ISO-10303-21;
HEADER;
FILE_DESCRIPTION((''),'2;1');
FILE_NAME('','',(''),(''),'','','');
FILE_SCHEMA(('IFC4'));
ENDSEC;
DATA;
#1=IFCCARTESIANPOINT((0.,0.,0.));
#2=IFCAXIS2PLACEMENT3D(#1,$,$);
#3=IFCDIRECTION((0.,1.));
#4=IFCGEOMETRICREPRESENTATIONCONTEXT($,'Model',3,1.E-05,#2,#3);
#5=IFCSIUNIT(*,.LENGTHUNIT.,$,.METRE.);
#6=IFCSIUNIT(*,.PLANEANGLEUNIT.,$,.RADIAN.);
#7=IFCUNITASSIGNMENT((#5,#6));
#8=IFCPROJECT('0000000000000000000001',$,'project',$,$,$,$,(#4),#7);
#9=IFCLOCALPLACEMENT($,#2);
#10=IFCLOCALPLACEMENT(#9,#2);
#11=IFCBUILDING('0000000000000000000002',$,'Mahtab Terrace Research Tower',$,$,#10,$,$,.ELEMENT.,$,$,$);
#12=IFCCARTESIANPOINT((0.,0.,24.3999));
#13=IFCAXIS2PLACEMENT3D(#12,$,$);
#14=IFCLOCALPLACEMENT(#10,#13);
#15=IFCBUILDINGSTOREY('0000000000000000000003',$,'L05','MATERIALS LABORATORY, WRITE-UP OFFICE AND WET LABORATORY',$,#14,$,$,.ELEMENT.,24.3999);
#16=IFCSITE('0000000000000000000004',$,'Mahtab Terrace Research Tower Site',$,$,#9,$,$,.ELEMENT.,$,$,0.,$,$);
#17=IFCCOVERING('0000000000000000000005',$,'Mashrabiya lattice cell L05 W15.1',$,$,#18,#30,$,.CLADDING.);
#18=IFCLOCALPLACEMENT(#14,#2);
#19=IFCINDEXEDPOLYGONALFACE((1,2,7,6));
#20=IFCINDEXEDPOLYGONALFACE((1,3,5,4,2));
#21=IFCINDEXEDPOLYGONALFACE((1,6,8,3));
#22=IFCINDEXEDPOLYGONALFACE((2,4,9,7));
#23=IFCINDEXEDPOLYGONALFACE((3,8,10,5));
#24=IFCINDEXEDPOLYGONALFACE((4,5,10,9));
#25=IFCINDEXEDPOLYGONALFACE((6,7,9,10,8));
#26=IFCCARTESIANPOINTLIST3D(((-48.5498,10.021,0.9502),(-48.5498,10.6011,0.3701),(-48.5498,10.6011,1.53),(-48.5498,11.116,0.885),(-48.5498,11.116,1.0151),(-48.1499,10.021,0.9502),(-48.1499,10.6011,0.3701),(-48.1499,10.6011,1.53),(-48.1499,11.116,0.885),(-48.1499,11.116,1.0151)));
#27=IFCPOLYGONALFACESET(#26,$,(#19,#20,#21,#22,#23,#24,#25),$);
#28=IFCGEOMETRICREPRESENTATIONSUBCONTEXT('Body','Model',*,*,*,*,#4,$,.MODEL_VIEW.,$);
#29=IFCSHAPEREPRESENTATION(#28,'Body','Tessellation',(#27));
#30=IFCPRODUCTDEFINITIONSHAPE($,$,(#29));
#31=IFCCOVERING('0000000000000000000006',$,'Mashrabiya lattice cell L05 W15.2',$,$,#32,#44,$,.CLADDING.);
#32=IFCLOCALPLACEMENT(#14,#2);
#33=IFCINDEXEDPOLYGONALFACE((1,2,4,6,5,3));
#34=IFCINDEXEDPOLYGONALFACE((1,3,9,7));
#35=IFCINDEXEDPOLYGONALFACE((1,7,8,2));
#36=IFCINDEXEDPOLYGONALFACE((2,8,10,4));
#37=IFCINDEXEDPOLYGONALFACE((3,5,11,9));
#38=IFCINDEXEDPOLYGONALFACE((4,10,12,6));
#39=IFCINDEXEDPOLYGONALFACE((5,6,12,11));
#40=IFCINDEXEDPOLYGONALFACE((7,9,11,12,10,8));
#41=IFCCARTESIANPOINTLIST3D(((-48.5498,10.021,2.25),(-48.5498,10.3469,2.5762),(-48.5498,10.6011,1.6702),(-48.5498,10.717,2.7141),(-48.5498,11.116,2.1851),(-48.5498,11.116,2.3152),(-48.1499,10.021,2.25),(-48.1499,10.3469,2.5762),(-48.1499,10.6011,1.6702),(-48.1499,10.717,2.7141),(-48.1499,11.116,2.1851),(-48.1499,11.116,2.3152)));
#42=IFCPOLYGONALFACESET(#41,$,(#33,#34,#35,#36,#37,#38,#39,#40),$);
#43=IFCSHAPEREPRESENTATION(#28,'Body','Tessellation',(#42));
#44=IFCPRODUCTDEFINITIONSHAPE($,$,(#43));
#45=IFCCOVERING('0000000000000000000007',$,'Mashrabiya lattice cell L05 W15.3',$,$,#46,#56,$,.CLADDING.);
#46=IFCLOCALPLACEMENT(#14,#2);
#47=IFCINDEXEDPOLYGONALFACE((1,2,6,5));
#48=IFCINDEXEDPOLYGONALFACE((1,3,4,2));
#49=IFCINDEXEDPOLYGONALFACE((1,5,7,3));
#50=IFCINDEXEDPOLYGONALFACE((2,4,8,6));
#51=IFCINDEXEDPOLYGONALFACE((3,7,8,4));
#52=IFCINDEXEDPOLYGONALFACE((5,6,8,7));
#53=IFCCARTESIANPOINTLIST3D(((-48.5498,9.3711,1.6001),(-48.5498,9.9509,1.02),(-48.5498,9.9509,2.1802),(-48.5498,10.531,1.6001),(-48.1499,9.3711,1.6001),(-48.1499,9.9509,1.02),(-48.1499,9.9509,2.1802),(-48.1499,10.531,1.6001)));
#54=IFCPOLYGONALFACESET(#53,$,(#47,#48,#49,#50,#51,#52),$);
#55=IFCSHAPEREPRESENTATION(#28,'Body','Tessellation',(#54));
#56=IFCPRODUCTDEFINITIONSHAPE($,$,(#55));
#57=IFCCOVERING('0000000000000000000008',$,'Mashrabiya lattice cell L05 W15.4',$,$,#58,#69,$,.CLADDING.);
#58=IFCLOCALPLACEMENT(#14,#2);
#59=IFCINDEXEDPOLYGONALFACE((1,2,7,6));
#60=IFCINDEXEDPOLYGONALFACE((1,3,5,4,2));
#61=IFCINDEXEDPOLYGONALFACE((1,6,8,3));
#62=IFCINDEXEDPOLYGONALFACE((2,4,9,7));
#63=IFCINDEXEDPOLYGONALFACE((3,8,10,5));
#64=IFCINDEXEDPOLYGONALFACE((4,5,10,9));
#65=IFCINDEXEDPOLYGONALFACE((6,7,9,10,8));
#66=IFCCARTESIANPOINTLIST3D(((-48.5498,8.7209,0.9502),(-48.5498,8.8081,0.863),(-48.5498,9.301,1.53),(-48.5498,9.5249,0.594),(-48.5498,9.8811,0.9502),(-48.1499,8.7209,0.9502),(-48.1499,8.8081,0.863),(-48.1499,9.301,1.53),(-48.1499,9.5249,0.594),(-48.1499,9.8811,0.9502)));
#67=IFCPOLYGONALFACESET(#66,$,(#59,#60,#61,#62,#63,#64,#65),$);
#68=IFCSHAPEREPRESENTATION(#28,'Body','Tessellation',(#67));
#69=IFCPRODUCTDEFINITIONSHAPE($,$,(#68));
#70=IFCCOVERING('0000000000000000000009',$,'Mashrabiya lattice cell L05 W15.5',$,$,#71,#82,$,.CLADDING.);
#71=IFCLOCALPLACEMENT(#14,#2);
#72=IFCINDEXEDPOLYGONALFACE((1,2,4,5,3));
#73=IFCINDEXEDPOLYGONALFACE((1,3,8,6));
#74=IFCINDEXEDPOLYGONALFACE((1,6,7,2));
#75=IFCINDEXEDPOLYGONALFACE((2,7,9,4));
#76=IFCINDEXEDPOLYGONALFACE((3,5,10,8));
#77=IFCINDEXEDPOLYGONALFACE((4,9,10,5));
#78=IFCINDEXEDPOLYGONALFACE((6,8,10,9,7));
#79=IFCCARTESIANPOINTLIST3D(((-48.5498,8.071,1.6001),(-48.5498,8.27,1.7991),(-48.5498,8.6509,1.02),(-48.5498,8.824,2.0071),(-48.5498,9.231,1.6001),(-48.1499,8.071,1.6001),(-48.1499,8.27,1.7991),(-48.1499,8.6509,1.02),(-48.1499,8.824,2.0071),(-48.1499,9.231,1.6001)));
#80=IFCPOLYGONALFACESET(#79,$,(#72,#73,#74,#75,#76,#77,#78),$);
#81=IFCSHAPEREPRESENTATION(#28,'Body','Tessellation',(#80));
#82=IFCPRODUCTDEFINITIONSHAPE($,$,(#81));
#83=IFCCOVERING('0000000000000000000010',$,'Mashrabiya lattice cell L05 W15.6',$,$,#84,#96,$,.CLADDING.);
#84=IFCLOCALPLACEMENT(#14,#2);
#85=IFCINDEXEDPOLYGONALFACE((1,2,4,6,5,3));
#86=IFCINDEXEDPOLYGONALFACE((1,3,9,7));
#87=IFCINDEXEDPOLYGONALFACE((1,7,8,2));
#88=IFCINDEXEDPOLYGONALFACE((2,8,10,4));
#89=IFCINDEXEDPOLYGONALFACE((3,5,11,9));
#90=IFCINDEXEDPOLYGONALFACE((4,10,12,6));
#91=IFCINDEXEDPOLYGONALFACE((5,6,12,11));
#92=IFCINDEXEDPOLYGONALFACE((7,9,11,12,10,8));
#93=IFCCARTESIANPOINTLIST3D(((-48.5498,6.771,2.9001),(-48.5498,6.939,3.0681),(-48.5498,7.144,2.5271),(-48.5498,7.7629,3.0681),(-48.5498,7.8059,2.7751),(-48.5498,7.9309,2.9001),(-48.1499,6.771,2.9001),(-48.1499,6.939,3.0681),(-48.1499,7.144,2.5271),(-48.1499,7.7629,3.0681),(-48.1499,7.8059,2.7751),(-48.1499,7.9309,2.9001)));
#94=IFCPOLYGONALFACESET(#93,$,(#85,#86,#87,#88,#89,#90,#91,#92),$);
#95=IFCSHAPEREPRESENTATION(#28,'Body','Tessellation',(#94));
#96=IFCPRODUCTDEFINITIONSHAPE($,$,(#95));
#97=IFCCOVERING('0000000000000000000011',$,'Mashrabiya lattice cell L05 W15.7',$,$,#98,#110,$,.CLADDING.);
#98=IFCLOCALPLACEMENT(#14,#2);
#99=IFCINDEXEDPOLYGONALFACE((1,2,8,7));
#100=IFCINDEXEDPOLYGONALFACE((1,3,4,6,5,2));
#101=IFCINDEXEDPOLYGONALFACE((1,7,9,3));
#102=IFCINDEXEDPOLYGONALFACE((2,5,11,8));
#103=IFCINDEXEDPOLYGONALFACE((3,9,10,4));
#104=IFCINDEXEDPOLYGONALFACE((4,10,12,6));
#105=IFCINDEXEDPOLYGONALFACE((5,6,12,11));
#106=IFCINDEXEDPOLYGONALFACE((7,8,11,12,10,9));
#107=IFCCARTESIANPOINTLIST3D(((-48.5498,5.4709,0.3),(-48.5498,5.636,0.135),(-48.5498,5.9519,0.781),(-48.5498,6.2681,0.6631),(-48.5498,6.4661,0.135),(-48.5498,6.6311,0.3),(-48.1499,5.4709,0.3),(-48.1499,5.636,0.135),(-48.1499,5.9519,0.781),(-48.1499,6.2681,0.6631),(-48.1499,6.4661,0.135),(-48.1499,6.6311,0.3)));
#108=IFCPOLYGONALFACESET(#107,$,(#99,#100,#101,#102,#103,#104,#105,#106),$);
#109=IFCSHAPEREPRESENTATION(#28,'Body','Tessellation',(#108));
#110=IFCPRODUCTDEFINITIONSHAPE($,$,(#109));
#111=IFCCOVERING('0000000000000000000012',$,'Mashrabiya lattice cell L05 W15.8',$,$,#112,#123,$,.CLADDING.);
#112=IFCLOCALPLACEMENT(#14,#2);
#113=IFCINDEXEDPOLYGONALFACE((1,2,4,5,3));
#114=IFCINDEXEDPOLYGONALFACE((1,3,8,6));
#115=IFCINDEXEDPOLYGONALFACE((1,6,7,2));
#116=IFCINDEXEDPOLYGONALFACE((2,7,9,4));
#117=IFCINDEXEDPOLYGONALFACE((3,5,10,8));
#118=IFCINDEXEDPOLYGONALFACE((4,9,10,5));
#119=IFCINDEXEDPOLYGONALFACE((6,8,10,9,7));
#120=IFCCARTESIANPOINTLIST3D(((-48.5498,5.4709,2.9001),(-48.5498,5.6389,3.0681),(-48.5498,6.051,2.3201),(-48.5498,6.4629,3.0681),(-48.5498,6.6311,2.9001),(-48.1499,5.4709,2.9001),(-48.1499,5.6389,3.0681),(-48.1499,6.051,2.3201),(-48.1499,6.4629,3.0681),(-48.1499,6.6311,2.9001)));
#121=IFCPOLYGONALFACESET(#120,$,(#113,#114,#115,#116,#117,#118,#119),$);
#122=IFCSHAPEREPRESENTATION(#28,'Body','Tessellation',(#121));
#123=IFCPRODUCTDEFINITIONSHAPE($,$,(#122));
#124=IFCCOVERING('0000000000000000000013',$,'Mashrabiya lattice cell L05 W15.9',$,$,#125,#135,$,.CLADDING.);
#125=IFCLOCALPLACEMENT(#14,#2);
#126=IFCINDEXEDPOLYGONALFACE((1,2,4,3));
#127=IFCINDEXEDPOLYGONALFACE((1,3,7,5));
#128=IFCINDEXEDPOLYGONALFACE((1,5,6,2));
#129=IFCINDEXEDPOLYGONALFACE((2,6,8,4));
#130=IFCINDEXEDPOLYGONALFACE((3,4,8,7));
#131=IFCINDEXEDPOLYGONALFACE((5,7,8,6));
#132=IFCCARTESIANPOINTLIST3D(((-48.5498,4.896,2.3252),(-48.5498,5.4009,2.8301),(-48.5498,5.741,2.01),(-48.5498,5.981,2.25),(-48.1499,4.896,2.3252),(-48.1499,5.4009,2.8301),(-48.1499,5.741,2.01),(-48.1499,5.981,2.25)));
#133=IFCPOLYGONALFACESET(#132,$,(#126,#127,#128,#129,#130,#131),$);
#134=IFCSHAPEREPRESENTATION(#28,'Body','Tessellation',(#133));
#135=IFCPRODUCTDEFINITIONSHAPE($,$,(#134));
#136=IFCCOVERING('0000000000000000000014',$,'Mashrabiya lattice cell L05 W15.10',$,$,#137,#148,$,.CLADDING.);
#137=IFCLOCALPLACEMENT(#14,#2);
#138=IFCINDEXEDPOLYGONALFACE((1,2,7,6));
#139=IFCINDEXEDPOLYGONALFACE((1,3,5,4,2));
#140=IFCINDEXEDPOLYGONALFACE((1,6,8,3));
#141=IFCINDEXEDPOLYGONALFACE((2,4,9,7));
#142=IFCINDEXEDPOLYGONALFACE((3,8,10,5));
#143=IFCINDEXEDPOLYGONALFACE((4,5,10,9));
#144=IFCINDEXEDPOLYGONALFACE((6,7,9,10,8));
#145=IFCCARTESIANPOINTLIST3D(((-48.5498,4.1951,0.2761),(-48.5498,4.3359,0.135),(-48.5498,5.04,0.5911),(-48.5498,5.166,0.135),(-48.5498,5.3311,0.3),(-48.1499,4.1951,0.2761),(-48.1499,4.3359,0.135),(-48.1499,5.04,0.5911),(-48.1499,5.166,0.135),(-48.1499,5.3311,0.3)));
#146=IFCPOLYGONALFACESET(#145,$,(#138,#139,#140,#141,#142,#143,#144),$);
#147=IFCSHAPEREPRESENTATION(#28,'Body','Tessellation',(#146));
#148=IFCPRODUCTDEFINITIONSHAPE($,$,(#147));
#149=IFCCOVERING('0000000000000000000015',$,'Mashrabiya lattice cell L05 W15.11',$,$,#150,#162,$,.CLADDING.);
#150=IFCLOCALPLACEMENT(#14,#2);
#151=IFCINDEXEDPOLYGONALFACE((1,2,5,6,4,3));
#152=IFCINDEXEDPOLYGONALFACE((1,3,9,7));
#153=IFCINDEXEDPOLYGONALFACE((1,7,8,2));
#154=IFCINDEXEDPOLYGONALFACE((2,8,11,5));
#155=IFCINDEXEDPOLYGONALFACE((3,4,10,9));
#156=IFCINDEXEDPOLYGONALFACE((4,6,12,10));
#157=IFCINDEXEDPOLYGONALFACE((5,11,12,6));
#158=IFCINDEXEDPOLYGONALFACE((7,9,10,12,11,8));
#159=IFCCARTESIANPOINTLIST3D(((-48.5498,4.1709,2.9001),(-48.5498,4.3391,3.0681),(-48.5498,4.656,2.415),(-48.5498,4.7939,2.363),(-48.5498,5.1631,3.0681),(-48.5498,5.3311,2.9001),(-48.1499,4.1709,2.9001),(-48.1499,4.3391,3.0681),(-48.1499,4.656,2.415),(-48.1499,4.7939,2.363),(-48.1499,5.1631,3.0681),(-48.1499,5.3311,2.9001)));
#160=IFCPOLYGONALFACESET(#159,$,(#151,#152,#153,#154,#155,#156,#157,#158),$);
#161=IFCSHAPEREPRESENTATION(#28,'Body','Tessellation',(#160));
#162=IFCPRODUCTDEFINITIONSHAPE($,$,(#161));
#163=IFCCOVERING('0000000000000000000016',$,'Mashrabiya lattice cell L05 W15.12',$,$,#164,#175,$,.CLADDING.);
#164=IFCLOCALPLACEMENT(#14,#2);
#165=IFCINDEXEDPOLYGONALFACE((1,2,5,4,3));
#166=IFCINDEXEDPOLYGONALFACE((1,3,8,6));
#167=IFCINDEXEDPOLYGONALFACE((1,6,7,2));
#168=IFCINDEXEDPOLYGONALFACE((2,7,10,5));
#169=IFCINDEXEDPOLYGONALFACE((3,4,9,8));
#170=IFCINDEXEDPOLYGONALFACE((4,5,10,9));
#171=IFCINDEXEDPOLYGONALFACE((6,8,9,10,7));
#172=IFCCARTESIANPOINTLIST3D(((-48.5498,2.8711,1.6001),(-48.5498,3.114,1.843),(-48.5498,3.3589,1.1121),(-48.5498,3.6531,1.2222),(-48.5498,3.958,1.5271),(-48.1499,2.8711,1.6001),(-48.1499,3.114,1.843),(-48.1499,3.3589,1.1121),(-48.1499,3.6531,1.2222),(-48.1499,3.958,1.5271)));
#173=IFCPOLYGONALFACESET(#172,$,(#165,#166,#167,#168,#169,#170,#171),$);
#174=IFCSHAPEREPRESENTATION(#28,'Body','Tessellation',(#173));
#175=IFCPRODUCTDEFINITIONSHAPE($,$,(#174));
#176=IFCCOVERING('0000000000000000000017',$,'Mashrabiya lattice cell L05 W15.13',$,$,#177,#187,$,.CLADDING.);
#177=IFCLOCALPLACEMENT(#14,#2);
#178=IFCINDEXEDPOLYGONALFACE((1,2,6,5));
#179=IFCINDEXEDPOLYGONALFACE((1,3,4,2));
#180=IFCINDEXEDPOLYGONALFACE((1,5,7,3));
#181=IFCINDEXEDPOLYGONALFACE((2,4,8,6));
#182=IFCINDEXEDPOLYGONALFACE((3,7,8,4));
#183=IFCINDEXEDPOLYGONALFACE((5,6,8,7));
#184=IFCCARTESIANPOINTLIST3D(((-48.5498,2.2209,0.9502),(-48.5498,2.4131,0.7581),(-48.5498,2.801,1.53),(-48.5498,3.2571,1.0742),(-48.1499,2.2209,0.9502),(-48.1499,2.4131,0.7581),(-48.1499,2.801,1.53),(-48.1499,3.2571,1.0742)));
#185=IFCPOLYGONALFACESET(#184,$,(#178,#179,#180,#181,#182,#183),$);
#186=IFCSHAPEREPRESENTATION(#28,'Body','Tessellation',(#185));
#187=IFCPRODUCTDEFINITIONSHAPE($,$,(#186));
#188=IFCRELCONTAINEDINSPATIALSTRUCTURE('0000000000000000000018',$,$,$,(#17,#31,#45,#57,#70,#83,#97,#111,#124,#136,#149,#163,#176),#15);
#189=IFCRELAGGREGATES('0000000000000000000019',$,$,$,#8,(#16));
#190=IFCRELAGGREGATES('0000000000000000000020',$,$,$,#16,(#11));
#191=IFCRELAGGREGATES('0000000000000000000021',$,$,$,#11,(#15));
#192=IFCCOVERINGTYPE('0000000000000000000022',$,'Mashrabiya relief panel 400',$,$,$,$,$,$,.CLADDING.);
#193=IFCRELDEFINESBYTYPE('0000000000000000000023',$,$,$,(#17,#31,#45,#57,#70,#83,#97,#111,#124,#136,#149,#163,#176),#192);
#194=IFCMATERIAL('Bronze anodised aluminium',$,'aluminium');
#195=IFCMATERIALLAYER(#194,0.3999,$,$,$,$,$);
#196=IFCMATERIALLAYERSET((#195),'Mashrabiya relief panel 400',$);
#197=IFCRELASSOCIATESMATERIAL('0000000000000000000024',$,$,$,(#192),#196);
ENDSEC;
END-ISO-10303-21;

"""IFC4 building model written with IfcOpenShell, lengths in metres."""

from ifc_helpers import new_model, si_unit, direction, frame, origin, place, context, subcontext, project, spatial, polyline, outline, extrude, material, layer, layer_set, type_object, element, save


model = new_model("IFC4")

# Units and contexts
model_context = context("Model", 3, precision=1e-05, world=origin(), true_north=direction((0.0, 1.0)))
body_context = subcontext(model_context, "Body", "Model", "MODEL_VIEW")
ifc_project = project(units=[si_unit("LENGTHUNIT", "METRE"), si_unit("PLANEANGLEUNIT", "RADIAN")], contexts=[model_context])

# Site, building, storey
site_placement = place(None, origin())
site = spatial("IfcSite", under=ifc_project, at=site_placement, Name="Mahtab Terrace Research Tower Site", CompositionType="ELEMENT", RefElevation=0.0)
building_placement = place(site_placement, origin())
building = spatial("IfcBuilding", under=site, at=building_placement, Name="Mahtab Terrace Research Tower", CompositionType="ELEMENT")
storey_placement = place(building_placement, frame((0.0, 0.0, 24.3999)))
storey = spatial("IfcBuildingStorey", under=building, at=storey_placement, Name="L05", Description="MATERIALS LABORATORY, WRITE-UP OFFICE AND WET LABORATORY", CompositionType="ELEMENT", Elevation=24.3999)

# Coverings
ifc_material_1 = material(Name="Bronze anodised aluminium", Category="aluminium")
ifc_layer_1 = layer(ifc_material_1, 0.3999)
ifc_layer_set_1 = layer_set([ifc_layer_1], Name="Mashrabiya relief panel 400")
covering_type = type_object("IfcCoveringType", Name="Mashrabiya relief panel 400", PredefinedType="CLADDING", material=ifc_layer_set_1)
covering_1_placement = place(storey_placement, frame((-48.1499, 10.6011, 1.53), z_axis=(1.0, 0.0, 0.0), x_axis=(0.0, -0.707256, -0.706958)))
element("IfcCovering", 1, at=covering_1_placement, inside=storey, type_object=covering_type, Name="Mashrabiya lattice cell L05 W15.1", PredefinedType="CLADDING", context=body_context, shape_type="SweptSolid", body=[
    extrude(outline(polyline([(0.0, 0.0), (0.8202, 0.0), (0.82, 0.8204), (0.0918, 0.8202), (-0.0002, 0.7282), (0.0, 0.0)])), origin(), (0.0, 0.0, -1.0), 0.3999),
])
covering_2_placement = place(storey_placement, frame((-48.1499, 10.021, 2.25), z_axis=(1.0, 0.0, 0.0), x_axis=(0.0, 0.707256, -0.706958)))
element("IfcCovering", 2, at=covering_2_placement, inside=storey, type_object=covering_type, Name="Mashrabiya lattice cell L05 W15.2", PredefinedType="CLADDING", context=body_context, shape_type="SweptSolid", body=[
    extrude(outline(polyline([(0.0, 0.0), (0.8202, 0.0), (0.8203, 0.7282), (0.7283, 0.8202), (0.1642, 0.8203), (-0.0001, 0.4611), (0.0, 0.0)])), origin(), (0.0, 0.0, -1.0), 0.3999),
])
covering_3_placement = place(storey_placement, frame((-48.1499, 9.9509, 2.1802), z_axis=(1.0, 0.0, 0.0), x_axis=(0.0, -0.706958, -0.707256)))
element("IfcCovering", 3, at=covering_3_placement, inside=storey, type_object=covering_type, Name="Mashrabiya lattice cell L05 W15.3", PredefinedType="CLADDING", context=body_context, shape_type="SweptSolid", body=[
    extrude(outline(polyline([(0.0, 0.0), (0.8202, 0.0), (0.8205, 0.8202), (0.0002, 0.8204), (0.0, 0.0)])), origin(), (0.0, 0.0, -1.0), 0.3999),
])
covering_4_placement = place(storey_placement, frame((-48.1499, 9.8811, 0.9502), z_axis=(1.0, 0.0, 0.0), x_axis=(0.0, -0.707256, 0.706958)))
element("IfcCovering", 4, at=covering_4_placement, inside=storey, type_object=covering_type, Name="Mashrabiya lattice cell L05 W15.4", PredefinedType="CLADDING", context=body_context, shape_type="SweptSolid", body=[
    extrude(outline(polyline([(0.0, 0.0), (0.8202, 0.0), (0.8205, 0.8202), (0.6973, 0.8202), (0.0001, 0.5037), (0.0, 0.0)])), origin(), (0.0, 0.0, -1.0), 0.3999),
])
covering_5_placement = place(storey_placement, frame((-48.1499, 8.071, 1.6001), z_axis=(1.0, 0.0, 0.0), x_axis=(0.0, 0.706958, -0.707256)))
element("IfcCovering", 5, at=covering_5_placement, inside=storey, type_object=covering_type, Name="Mashrabiya lattice cell L05 W15.5", PredefinedType="CLADDING", context=body_context, shape_type="SweptSolid", body=[
    extrude(outline(polyline([(0.0, 0.0), (0.8202, 0.0), (0.82, 0.8204), (0.2444, 0.8202), (-0.0001, 0.2814), (0.0, 0.0)])), origin(), (0.0, 0.0, -1.0), 0.3999),
])
covering_6_placement = place(storey_placement, frame((-48.1499, 7.9309, 2.9001), z_axis=(1.0, 0.0, 0.0), x_axis=(0.0, -0.707107, 0.707107)))
element("IfcCovering", 6, at=covering_6_placement, inside=storey, type_object=covering_type, Name="Mashrabiya lattice cell L05 W15.6", PredefinedType="CLADDING", context=body_context, shape_type="SweptSolid", body=[
    extrude(outline(polyline([(0.0, 0.0), (0.2375, 0.0), (0.8202, 0.5826), (0.8202, 0.8202), (0.2926, 0.8202), (0.0, 0.1768), (0.0, 0.0)])), origin(), (0.0, 0.0, -1.0), 0.3999),
])
covering_7_placement = place(storey_placement, frame((-48.1499, 6.6311, 0.3), z_axis=(1.0, 0.0, 0.0), x_axis=(0.0, -0.707107, 0.707107)))
element("IfcCovering", 7, at=covering_7_placement, inside=storey, type_object=covering_type, Name="Mashrabiya lattice cell L05 W15.7", PredefinedType="CLADDING", context=body_context, shape_type="SweptSolid", body=[
    extrude(outline(polyline([(0.0, 0.0), (0.5134, 0.0), (0.8204, 0.1402), (0.8204, 0.8204), (0.587, 0.8204), (0.0, 0.2334), (0.0, 0.0)])), origin(), (0.0, 0.0, -1.0), 0.3999),
])
covering_8_placement = place(storey_placement, frame((-48.1499, 5.4709, 2.9001), z_axis=(1.0, 0.0, 0.0), x_axis=(0.0, 0.707107, -0.707107)))
element("IfcCovering", 8, at=covering_8_placement, inside=storey, type_object=covering_type, Name="Mashrabiya lattice cell L05 W15.8", PredefinedType="CLADDING", context=body_context, shape_type="SweptSolid", body=[
    extrude(outline(polyline([(0.0, 0.0), (0.8204, 0.0), (0.8204, 0.8204), (0.5826, 0.8202), (0.0, 0.2375), (0.0, 0.0)])), origin(), (0.0, 0.0, -1.0), 0.3999),
])
covering_9_placement = place(storey_placement, frame((-48.1499, 5.981, 2.25), z_axis=(1.0, 0.0, 0.0), x_axis=(0.0, -0.707107, 0.707107)))
element("IfcCovering", 9, at=covering_9_placement, inside=storey, type_object=covering_type, Name="Mashrabiya lattice cell L05 W15.9", PredefinedType="CLADDING", context=body_context, shape_type="SweptSolid", body=[
    extrude(outline(polyline([(0.0, 0.0), (0.8204, 0.0), (0.8204, 0.714), (0.0, 0.3394), (0.0, 0.0)])), origin(), (0.0, 0.0, -1.0), 0.3999),
])
covering_10_placement = place(storey_placement, frame((-48.1499, 5.3311, 0.3), z_axis=(1.0, 0.0, 0.0), x_axis=(0.0, -0.707107, 0.707107)))
element("IfcCovering", 10, at=covering_10_placement, inside=storey, type_object=covering_type, Name="Mashrabiya lattice cell L05 W15.10", PredefinedType="CLADDING", context=body_context, shape_type="SweptSolid", body=[
    extrude(outline(polyline([(0.0, 0.0), (0.4116, 0.0), (0.7863, 0.8202), (0.587, 0.8204), (0.0, 0.2334), (0.0, 0.0)])), origin(), (0.0, 0.0, -1.0), 0.3999),
])
covering_11_placement = place(storey_placement, frame((-48.1499, 5.3311, 2.9001), z_axis=(1.0, 0.0, 0.0), x_axis=(0.0, -0.707107, 0.707107)))
element("IfcCovering", 11, at=covering_11_placement, inside=storey, type_object=covering_type, Name="Mashrabiya lattice cell L05 W15.11", PredefinedType="CLADDING", context=body_context, shape_type="SweptSolid", body=[
    extrude(outline(polyline([(0.0, 0.0), (0.2375, 0.0), (0.8202, 0.5826), (0.8204, 0.8204), (0.1343, 0.8204), (0.0, 0.7596), (0.0, 0.0)])), origin(), (0.0, 0.0, -1.0), 0.3999),
])
covering_12_placement = place(storey_placement, frame((-48.1499, 3.958, 1.5271), z_axis=(1.0, 0.0, 0.0), x_axis=(0.0, -0.936541, 0.350559)))
element("IfcCovering", 12, at=covering_12_placement, inside=storey, type_object=covering_type, Name="Mashrabiya lattice cell L05 W15.12", PredefinedType="CLADDING", context=body_context, shape_type="SweptSolid", body=[
    extrude(outline(polyline([(0.0, 0.0), (0.9012, 0.0), (1.0435, 0.3127), (0.4156, 0.5987), (0.1787, 0.3925), (0.0, 0.0)])), origin(), (0.0, 0.0, -1.0), 0.3999),
])
covering_13_placement = place(storey_placement, frame((-48.1499, 2.801, 1.53), z_axis=(1.0, 0.0, 0.0), x_axis=(0.0, -0.707256, -0.706958)))
element("IfcCovering", 13, at=covering_13_placement, inside=storey, type_object=covering_type, Name="Mashrabiya lattice cell L05 W15.13", PredefinedType="CLADDING", context=body_context, shape_type="SweptSolid", body=[
    extrude(outline(polyline([(0.0, 0.0), (0.8202, 0.0), (0.8201, 0.2717), (-0.0003, 0.6448), (0.0, 0.0)])), origin(), (0.0, 0.0, -1.0), 0.3999),
])

save(model, "model.ifc")
